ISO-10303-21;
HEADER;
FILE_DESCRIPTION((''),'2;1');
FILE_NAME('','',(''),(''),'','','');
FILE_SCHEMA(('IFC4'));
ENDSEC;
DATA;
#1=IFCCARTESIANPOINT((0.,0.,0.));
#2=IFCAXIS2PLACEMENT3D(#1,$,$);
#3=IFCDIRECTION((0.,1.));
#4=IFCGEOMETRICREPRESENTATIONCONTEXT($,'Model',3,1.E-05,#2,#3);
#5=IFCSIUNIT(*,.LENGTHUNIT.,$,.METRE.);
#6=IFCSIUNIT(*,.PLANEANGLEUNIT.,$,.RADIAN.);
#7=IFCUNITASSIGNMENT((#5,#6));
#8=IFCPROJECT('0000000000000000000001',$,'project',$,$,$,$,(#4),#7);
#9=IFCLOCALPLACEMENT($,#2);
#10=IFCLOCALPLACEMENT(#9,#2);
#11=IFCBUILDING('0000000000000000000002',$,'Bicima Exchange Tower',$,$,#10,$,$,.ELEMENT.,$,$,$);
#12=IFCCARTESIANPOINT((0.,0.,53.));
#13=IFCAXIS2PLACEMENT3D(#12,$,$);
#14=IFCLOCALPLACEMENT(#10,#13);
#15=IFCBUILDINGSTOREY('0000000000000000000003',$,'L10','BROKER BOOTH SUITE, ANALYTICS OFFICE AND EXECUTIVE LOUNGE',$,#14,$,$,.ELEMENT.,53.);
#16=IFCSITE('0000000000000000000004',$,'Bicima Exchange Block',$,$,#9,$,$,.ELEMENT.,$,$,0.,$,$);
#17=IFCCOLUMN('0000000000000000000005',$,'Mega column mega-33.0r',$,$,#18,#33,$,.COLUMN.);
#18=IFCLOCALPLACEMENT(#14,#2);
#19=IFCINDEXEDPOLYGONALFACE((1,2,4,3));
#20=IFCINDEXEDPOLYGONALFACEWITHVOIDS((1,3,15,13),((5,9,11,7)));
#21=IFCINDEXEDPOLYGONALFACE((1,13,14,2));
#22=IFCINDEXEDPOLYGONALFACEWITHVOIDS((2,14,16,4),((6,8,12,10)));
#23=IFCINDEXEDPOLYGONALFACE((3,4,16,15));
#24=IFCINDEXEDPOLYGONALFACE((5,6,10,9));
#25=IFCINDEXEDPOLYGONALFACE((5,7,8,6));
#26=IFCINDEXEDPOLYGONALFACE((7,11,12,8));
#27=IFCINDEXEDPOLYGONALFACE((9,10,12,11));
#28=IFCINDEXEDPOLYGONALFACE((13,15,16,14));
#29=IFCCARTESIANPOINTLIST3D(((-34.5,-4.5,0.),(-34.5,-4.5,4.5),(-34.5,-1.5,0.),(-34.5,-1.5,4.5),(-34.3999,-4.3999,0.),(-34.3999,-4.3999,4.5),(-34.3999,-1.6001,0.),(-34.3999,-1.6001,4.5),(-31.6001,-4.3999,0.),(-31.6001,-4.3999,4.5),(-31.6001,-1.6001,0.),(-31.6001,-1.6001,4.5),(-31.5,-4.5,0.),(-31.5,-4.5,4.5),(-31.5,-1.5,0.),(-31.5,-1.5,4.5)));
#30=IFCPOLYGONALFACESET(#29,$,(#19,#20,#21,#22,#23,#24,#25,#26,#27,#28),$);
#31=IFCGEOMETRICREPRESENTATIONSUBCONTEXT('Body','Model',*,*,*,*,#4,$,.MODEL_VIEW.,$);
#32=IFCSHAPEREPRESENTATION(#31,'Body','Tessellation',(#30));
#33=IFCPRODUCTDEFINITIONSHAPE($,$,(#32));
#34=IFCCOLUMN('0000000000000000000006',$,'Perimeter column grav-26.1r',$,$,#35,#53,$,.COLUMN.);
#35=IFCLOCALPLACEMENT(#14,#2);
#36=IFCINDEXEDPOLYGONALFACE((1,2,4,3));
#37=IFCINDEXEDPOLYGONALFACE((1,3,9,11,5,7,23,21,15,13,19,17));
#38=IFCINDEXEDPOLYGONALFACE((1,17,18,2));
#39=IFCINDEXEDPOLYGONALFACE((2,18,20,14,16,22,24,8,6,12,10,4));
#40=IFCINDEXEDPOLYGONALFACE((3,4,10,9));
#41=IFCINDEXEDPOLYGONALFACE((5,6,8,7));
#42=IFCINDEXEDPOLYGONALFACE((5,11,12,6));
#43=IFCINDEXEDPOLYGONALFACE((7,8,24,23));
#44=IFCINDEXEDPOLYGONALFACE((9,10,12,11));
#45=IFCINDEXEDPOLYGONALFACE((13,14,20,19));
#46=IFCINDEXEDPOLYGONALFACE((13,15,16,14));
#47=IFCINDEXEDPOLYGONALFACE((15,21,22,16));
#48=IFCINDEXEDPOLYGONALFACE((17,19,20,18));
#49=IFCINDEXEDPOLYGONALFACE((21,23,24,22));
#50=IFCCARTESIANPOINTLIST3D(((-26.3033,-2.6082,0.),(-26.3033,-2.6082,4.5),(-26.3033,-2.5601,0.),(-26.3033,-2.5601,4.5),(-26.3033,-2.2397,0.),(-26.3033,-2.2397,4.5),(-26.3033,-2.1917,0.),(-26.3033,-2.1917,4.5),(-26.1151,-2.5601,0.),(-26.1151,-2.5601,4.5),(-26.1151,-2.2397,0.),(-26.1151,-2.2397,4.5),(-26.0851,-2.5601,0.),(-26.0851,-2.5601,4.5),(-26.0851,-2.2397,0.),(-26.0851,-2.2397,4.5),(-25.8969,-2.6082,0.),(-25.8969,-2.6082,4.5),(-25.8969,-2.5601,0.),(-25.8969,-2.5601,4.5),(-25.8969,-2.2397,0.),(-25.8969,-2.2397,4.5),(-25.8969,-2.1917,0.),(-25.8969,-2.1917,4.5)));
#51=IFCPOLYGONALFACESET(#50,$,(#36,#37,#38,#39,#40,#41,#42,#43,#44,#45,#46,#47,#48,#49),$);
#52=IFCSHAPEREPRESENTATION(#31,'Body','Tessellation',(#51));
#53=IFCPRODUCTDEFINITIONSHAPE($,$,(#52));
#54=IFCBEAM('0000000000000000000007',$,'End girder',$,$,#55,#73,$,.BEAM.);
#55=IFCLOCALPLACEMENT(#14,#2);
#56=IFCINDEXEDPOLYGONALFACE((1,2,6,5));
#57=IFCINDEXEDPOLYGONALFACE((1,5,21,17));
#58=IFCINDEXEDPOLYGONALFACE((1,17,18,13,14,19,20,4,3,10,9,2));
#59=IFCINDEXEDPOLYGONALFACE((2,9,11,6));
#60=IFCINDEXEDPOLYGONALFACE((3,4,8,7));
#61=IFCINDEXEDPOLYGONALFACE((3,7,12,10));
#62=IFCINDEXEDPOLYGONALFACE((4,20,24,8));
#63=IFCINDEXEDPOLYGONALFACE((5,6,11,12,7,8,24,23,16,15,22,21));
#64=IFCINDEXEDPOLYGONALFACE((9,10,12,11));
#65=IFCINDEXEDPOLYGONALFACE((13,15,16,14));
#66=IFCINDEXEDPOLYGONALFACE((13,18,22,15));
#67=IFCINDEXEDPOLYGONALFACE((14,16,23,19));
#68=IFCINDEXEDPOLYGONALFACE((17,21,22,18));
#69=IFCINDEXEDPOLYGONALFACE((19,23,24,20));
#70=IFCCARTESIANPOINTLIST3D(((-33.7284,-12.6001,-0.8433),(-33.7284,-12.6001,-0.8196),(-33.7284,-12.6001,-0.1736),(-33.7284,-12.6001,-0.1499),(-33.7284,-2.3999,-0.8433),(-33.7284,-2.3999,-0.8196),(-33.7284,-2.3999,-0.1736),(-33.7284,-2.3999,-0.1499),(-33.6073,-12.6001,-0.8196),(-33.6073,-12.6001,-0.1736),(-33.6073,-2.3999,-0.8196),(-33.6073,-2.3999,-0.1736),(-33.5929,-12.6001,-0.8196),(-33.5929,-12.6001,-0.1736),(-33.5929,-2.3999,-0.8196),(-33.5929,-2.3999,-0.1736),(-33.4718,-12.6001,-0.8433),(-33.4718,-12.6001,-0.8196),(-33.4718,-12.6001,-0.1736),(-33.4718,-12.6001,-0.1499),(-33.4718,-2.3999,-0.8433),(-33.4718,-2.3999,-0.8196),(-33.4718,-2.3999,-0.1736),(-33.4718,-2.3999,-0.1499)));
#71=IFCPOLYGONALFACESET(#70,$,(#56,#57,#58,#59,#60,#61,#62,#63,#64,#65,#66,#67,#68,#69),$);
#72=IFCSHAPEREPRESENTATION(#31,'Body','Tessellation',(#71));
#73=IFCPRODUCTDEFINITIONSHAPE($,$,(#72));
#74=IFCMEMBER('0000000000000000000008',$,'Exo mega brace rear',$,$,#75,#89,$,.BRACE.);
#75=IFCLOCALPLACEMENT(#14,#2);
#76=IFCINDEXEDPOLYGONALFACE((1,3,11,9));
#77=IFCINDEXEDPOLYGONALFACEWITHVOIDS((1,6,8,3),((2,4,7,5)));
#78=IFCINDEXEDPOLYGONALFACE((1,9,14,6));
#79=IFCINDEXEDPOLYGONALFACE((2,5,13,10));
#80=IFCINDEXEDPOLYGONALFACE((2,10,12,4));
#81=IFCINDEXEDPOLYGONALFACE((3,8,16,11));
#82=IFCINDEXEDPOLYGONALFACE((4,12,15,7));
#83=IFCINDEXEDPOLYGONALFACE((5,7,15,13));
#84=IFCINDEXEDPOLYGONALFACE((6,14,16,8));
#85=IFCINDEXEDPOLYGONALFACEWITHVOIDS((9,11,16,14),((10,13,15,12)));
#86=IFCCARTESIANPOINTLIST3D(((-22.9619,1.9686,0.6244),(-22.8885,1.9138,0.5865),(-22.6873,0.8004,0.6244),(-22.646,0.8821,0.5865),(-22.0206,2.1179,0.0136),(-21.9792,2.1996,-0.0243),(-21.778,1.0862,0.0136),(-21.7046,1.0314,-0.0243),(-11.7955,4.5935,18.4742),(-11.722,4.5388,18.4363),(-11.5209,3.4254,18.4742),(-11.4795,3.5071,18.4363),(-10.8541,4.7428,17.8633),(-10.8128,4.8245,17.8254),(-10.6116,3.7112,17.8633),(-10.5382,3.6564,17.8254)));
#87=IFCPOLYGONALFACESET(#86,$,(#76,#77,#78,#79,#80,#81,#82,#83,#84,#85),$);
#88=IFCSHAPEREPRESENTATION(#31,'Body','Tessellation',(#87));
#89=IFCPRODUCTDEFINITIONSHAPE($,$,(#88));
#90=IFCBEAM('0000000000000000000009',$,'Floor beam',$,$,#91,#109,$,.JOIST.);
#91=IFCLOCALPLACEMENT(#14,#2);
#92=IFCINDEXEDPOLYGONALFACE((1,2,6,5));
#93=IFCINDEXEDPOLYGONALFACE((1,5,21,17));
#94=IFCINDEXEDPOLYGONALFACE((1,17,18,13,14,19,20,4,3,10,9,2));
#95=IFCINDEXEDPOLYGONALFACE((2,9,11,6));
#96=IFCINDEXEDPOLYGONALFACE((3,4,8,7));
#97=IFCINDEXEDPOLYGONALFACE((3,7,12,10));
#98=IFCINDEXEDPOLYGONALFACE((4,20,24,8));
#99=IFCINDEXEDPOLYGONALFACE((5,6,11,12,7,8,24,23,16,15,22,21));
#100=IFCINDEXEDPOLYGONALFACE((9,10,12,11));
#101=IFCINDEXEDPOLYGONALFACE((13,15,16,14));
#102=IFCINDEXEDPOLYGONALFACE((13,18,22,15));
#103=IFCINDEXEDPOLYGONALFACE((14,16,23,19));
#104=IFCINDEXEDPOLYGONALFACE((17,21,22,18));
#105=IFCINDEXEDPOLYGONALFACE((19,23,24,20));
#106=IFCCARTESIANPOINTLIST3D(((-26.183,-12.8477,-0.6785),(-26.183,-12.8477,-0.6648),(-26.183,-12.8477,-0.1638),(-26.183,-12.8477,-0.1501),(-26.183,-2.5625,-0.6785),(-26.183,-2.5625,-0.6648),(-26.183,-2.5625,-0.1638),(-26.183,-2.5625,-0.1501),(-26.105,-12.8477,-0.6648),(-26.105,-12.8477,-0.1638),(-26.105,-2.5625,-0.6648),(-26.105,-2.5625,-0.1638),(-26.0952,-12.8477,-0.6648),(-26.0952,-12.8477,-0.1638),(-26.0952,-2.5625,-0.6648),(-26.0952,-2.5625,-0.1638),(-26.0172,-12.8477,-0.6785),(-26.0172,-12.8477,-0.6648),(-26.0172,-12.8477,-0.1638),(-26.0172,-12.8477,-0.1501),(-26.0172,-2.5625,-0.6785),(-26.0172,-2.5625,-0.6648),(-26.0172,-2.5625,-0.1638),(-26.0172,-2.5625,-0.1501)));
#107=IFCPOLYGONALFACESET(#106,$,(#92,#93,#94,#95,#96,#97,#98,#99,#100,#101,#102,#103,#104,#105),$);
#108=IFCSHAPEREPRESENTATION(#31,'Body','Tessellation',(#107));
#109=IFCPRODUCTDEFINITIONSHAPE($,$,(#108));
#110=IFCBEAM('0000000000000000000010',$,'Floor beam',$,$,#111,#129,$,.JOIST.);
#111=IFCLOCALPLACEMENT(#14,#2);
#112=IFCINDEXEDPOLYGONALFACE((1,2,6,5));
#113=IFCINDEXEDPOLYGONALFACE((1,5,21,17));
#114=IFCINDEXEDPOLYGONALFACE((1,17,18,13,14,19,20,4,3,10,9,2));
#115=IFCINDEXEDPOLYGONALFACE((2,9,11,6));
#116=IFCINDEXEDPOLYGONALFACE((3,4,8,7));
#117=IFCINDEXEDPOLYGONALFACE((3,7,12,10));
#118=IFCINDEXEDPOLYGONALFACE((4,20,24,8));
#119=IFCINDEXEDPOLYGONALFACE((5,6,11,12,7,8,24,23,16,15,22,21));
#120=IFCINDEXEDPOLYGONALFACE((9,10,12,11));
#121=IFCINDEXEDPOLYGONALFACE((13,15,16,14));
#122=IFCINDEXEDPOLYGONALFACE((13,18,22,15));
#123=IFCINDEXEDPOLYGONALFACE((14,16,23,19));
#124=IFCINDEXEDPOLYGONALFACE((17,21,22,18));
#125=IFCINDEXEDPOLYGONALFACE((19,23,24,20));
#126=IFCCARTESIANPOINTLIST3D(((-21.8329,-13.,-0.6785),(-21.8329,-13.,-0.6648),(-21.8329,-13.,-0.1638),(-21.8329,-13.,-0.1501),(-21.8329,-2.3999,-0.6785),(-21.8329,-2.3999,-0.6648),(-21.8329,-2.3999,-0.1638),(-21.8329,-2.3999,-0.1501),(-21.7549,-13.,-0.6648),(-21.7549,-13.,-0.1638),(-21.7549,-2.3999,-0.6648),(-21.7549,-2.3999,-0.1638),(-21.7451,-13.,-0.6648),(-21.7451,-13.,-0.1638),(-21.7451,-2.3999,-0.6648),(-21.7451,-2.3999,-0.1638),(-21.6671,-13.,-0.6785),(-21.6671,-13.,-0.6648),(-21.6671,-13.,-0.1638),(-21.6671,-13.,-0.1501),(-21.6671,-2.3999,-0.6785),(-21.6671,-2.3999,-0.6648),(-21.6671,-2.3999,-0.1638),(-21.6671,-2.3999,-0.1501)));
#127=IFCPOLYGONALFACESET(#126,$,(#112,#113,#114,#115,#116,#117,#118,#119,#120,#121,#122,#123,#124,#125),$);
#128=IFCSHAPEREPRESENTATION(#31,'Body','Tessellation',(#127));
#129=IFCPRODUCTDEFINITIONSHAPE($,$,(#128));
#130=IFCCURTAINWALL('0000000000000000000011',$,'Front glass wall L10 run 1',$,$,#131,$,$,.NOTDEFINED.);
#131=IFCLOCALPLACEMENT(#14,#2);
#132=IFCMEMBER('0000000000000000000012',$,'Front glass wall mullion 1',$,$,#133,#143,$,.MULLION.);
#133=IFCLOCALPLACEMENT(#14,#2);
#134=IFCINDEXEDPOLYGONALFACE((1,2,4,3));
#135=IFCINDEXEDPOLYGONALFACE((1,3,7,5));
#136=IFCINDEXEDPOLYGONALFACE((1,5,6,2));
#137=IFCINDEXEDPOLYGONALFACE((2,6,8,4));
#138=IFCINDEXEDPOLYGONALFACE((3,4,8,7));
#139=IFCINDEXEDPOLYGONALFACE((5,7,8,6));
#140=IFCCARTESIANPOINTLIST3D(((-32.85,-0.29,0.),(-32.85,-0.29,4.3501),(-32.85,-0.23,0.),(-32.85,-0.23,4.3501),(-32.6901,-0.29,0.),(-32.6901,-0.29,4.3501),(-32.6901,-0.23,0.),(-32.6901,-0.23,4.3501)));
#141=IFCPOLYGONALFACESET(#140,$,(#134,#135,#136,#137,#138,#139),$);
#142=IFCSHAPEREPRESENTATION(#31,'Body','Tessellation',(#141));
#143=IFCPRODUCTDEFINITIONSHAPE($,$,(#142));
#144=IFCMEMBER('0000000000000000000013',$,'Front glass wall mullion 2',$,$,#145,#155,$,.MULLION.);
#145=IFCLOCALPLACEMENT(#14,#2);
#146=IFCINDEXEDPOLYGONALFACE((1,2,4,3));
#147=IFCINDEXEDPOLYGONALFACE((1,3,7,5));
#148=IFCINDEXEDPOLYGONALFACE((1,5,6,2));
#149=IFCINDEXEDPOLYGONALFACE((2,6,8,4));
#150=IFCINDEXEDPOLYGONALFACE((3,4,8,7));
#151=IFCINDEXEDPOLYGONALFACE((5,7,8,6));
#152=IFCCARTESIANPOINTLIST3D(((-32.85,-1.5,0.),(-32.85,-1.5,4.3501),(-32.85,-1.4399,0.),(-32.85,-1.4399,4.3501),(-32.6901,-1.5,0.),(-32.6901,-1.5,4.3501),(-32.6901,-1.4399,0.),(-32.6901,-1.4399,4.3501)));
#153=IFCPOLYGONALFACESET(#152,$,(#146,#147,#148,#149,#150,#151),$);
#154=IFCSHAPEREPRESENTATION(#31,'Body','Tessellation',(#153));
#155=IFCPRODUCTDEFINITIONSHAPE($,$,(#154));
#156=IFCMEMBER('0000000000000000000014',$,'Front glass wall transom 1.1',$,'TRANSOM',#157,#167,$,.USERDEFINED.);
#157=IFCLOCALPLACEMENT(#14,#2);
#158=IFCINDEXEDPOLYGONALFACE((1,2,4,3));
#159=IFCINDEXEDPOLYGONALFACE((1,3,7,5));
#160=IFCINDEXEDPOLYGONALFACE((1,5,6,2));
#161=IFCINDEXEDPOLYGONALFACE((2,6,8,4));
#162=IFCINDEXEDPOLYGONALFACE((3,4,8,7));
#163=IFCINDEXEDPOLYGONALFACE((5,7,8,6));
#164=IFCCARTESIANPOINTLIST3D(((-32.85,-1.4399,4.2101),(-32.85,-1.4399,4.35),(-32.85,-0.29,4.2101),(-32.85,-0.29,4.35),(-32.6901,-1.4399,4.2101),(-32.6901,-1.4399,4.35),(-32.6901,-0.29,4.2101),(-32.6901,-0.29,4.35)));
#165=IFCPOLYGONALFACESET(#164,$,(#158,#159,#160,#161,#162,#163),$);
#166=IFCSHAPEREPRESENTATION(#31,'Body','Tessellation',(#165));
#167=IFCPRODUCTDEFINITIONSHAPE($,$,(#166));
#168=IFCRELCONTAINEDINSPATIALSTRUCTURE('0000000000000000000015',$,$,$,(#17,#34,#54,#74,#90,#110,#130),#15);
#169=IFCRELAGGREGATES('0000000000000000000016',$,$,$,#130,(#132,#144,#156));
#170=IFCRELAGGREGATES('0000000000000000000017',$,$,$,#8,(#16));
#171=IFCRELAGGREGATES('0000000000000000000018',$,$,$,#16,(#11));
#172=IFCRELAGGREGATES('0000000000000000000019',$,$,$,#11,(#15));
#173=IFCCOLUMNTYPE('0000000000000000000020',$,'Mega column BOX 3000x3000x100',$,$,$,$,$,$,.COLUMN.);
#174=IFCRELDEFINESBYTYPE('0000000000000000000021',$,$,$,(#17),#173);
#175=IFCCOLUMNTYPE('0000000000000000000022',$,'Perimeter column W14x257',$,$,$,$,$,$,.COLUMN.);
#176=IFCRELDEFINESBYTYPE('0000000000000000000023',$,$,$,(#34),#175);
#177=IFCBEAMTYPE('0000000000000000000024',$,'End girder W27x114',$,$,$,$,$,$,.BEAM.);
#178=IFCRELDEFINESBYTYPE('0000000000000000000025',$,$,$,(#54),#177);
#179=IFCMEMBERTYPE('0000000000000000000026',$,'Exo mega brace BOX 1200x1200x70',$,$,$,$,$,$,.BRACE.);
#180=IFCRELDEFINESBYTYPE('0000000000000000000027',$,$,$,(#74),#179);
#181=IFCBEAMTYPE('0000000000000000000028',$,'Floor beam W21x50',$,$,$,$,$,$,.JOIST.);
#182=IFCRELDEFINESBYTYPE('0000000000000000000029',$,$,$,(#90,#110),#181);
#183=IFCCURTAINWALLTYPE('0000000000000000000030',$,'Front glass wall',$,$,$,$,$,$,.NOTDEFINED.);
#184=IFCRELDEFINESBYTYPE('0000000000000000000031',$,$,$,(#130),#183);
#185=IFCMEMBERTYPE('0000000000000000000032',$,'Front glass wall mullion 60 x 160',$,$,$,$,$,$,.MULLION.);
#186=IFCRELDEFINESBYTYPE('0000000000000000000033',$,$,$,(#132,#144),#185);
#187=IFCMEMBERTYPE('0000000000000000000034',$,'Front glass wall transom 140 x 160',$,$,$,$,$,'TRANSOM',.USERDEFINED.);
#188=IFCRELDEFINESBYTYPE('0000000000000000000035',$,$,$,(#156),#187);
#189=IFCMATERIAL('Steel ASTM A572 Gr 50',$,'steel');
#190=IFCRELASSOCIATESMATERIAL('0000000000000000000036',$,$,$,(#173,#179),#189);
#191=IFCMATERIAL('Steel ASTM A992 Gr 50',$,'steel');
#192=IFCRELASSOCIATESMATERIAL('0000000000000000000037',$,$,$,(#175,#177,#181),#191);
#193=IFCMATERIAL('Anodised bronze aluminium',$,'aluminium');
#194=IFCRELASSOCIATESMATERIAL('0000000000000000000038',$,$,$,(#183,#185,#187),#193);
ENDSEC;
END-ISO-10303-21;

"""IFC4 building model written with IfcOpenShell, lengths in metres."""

from ifc_helpers import new_model, si_unit, direction, frame, origin, origin_2d, place, context, subcontext, project, spatial, rectangle, hollow_rectangle, i_section, extrude, material, material_profile, profile_set, type_object, element, aggregate, save


model = new_model("IFC4")

# Units and contexts
model_context = context("Model", 3, precision=1e-05, world=origin(), true_north=direction((0.0, 1.0)))
body_context = subcontext(model_context, "Body", "Model", "MODEL_VIEW")
ifc_project = project(units=[si_unit("LENGTHUNIT", "METRE"), si_unit("PLANEANGLEUNIT", "RADIAN")], contexts=[model_context])

# Site, building, storey
site_placement = place(None, origin())
site = spatial("IfcSite", under=ifc_project, at=site_placement, Name="Bicima Exchange Block", CompositionType="ELEMENT", RefElevation=0.0)
building_placement = place(site_placement, origin())
building = spatial("IfcBuilding", under=site, at=building_placement, Name="Bicima Exchange Tower", CompositionType="ELEMENT")
storey_placement = place(building_placement, frame((0.0, 0.0, 53.0)))
storey = spatial("IfcBuildingStorey", under=building, at=storey_placement, Name="L10", Description="BROKER BOOTH SUITE, ANALYTICS OFFICE AND EXECUTIVE LOUNGE", CompositionType="ELEMENT", Elevation=53.0)

# Columns
ifc_material_1 = material(Name="Steel ASTM A572 Gr 50", Category="steel")
ifc_material_profile_1 = material_profile(ifc_material_1, hollow_rectangle(XDim=3.0, YDim=3.0, WallThickness=0.1001, at=origin_2d()))
ifc_profile_set_1 = profile_set([ifc_material_profile_1], Name="Steel ASTM A572 Gr 50")
column_type_1 = type_object("IfcColumnType", Name="Mega column BOX 3000x3000x100", PredefinedType="COLUMN", material=ifc_profile_set_1)
column_1_placement = place(storey_placement, frame((-33.0, -3.0, 0.0), z_axis=(0.0, 0.0, 1.0), x_axis=(1.0, 0.0, 0.0)))
element("IfcColumn", 1, at=column_1_placement, inside=storey, type_object=column_type_1, Name="Mega column mega-33.0r", PredefinedType="COLUMN", context=body_context, shape_type="SweptSolid", body=[
    extrude(hollow_rectangle(XDim=3.0, YDim=3.0, WallThickness=0.1001, at=origin_2d()), origin(), (0.0, 0.0, 1.0), 4.5),
])
ifc_material_2 = material(Name="Steel ASTM A992 Gr 50", Category="steel")
ifc_material_profile_2 = material_profile(ifc_material_2, i_section(OverallWidth=0.4065, OverallDepth=0.4165, WebThickness=0.03, FlangeThickness=0.0481, at=origin_2d()))
ifc_profile_set_2 = profile_set([ifc_material_profile_2], Name="Steel ASTM A992 Gr 50")
column_type_2 = type_object("IfcColumnType", Name="Perimeter column W14x257", PredefinedType="COLUMN", material=ifc_profile_set_2)
column_2_placement = place(storey_placement, frame((-26.1001, -2.3999, 0.0), z_axis=(0.0, 0.0, 1.0), x_axis=(1.0, 0.0, 0.0)))
element("IfcColumn", 2, at=column_2_placement, inside=storey, type_object=column_type_2, Name="Perimeter column grav-26.1r", PredefinedType="COLUMN", context=body_context, shape_type="SweptSolid", body=[
    extrude(i_section(OverallWidth=0.4065, OverallDepth=0.4165, WebThickness=0.03, FlangeThickness=0.0481, at=origin_2d()), origin(), (0.0, 0.0, 1.0), 4.5),
])

# Beam
ifc_material_profile_3 = material_profile(ifc_material_2, i_section(OverallWidth=0.2566, OverallDepth=0.6934, WebThickness=0.0144, FlangeThickness=0.0237, at=origin_2d()))
ifc_profile_set_3 = profile_set([ifc_material_profile_3], Name="Steel ASTM A992 Gr 50")
beam_type_1 = type_object("IfcBeamType", Name="End girder W27x114", PredefinedType="BEAM", material=ifc_profile_set_3)
beam_1_placement = place(storey_placement, frame((-33.6001, -2.3999, -0.4966), z_axis=(0.0, -1.0, 0.0), x_axis=(1.0, 0.0, 0.0)))
element("IfcBeam", 3, at=beam_1_placement, inside=storey, type_object=beam_type_1, Name="End girder", PredefinedType="BEAM", context=body_context, shape_type="SweptSolid", body=[
    extrude(i_section(OverallWidth=0.2566, OverallDepth=0.6934, WebThickness=0.0144, FlangeThickness=0.0237, at=origin_2d()), origin(), (0.0, 0.0, 1.0), 10.2002),
])

# Member
ifc_material_profile_4 = material_profile(ifc_material_1, hollow_rectangle(XDim=1.2, YDim=1.2, WallThickness=0.0701, at=origin_2d()))
ifc_profile_set_4 = profile_set([ifc_material_profile_4], Name="Steel ASTM A572 Gr 50")
member_type_1 = type_object("IfcMemberType", Name="Exo mega brace BOX 1200x1200x70", PredefinedType="BRACE", material=ifc_profile_set_4)
member_1_placement = place(storey_placement, frame((-22.3333, 1.5, 0.3), z_axis=(0.526278, 0.123716, 0.841264), x_axis=(-0.22884, 0.973464, 0.0)))
element("IfcMember", 4, at=member_1_placement, inside=storey, type_object=member_type_1, Name="Exo mega brace rear", PredefinedType="BRACE", context=body_context, shape_type="SweptSolid", body=[
    extrude(hollow_rectangle(XDim=1.2, YDim=1.2, WallThickness=0.0701, at=origin_2d()), origin(), (0.0, 0.0, 1.0), 21.2178),
])

# Beams
ifc_material_profile_5 = material_profile(ifc_material_2, i_section(OverallWidth=0.1658, OverallDepth=0.5283, WebThickness=0.0098, FlangeThickness=0.0137, at=origin_2d()))
ifc_profile_set_5 = profile_set([ifc_material_profile_5], Name="Steel ASTM A992 Gr 50")
beam_type_2 = type_object("IfcBeamType", Name="Floor beam W21x50", PredefinedType="JOIST", material=ifc_profile_set_5)
beam_2_placement = place(storey_placement, frame((-26.1001, -2.5625, -0.4143), z_axis=(0.0, -1.0, 0.0), x_axis=(1.0, 0.0, 0.0)))
element("IfcBeam", 5, at=beam_2_placement, inside=storey, type_object=beam_type_2, Name="Floor beam", PredefinedType="JOIST", context=body_context, shape_type="SweptSolid", body=[
    extrude(i_section(OverallWidth=0.1658, OverallDepth=0.5283, WebThickness=0.0098, FlangeThickness=0.0137, at=origin_2d()), origin(), (0.0, 0.0, 1.0), 10.2852),
])
beam_3_placement = place(storey_placement, frame((-21.75, -2.3999, -0.4143), z_axis=(0.0, -1.0, 0.0), x_axis=(1.0, 0.0, 0.0)))
element("IfcBeam", 6, at=beam_3_placement, inside=storey, type_object=beam_type_2, Name="Floor beam", PredefinedType="JOIST", context=body_context, shape_type="SweptSolid", body=[
    extrude(i_section(OverallWidth=0.1658, OverallDepth=0.5283, WebThickness=0.0098, FlangeThickness=0.0137, at=origin_2d()), origin(), (0.0, 0.0, 1.0), 10.6001),
])

# Curtain wall, members
ifc_material_3 = material(Name="Anodised bronze aluminium", Category="aluminium")
curtain_wall_type = type_object("IfcCurtainWallType", Name="Front glass wall", PredefinedType="NOTDEFINED", material=ifc_material_3)
curtain_wall_placement = place(storey_placement, origin())
curtain_wall = element("IfcCurtainWall", 7, at=curtain_wall_placement, inside=storey, type_object=curtain_wall_type, Name="Front glass wall L10 run 1", PredefinedType="NOTDEFINED")
ifc_material_profile_6 = material_profile(ifc_material_3, rectangle(XDim=0.1599, YDim=0.0601, at=origin_2d()))
ifc_profile_set_6 = profile_set([ifc_material_profile_6], Name="Anodised bronze aluminium")
member_type_2 = type_object("IfcMemberType", Name="Front glass wall mullion 60 x 160", PredefinedType="MULLION", material=ifc_profile_set_6)
member_2_placement = place(storey_placement, frame((-32.77, -0.26, 0.0), z_axis=(0.0, 0.0, 1.0), x_axis=(1.0, 0.0, 0.0)))
member_2 = element("IfcMember", 8, at=member_2_placement, type_object=member_type_2, Name="Front glass wall mullion 1", PredefinedType="MULLION", context=body_context, shape_type="SweptSolid", body=[
    extrude(rectangle(XDim=0.1599, YDim=0.0601, at=origin_2d()), origin(), (0.0, 0.0, 1.0), 4.3501),
])
member_3_placement = place(storey_placement, frame((-32.77, -1.47, 0.0), z_axis=(0.0, 0.0, 1.0), x_axis=(1.0, 0.0, 0.0)))
member_3 = element("IfcMember", 9, at=member_3_placement, type_object=member_type_2, Name="Front glass wall mullion 2", PredefinedType="MULLION", context=body_context, shape_type="SweptSolid", body=[
    extrude(rectangle(XDim=0.1599, YDim=0.0601, at=origin_2d()), origin(), (0.0, 0.0, 1.0), 4.3501),
])
ifc_material_profile_7 = material_profile(ifc_material_3, rectangle(XDim=0.1599, YDim=0.1399, at=origin_2d()))
ifc_profile_set_7 = profile_set([ifc_material_profile_7], Name="Anodised bronze aluminium")
member_type_3 = type_object("IfcMemberType", Name="Front glass wall transom 140 x 160", ElementType="TRANSOM", PredefinedType="USERDEFINED", material=ifc_profile_set_7)
member_4_placement = place(storey_placement, frame((-32.77, -0.29, 4.28), z_axis=(0.0, -1.0, 0.0), x_axis=(1.0, 0.0, 0.0)))
member_4 = element("IfcMember", 10, at=member_4_placement, type_object=member_type_3, Name="Front glass wall transom 1.1", ObjectType="TRANSOM", PredefinedType="USERDEFINED", context=body_context, shape_type="SweptSolid", body=[
    extrude(rectangle(XDim=0.1599, YDim=0.1399, at=origin_2d()), origin(), (0.0, 0.0, 1.0), 1.1499),
])

aggregate(curtain_wall, [member_2, member_3, member_4])

save(model, "model.ifc")
